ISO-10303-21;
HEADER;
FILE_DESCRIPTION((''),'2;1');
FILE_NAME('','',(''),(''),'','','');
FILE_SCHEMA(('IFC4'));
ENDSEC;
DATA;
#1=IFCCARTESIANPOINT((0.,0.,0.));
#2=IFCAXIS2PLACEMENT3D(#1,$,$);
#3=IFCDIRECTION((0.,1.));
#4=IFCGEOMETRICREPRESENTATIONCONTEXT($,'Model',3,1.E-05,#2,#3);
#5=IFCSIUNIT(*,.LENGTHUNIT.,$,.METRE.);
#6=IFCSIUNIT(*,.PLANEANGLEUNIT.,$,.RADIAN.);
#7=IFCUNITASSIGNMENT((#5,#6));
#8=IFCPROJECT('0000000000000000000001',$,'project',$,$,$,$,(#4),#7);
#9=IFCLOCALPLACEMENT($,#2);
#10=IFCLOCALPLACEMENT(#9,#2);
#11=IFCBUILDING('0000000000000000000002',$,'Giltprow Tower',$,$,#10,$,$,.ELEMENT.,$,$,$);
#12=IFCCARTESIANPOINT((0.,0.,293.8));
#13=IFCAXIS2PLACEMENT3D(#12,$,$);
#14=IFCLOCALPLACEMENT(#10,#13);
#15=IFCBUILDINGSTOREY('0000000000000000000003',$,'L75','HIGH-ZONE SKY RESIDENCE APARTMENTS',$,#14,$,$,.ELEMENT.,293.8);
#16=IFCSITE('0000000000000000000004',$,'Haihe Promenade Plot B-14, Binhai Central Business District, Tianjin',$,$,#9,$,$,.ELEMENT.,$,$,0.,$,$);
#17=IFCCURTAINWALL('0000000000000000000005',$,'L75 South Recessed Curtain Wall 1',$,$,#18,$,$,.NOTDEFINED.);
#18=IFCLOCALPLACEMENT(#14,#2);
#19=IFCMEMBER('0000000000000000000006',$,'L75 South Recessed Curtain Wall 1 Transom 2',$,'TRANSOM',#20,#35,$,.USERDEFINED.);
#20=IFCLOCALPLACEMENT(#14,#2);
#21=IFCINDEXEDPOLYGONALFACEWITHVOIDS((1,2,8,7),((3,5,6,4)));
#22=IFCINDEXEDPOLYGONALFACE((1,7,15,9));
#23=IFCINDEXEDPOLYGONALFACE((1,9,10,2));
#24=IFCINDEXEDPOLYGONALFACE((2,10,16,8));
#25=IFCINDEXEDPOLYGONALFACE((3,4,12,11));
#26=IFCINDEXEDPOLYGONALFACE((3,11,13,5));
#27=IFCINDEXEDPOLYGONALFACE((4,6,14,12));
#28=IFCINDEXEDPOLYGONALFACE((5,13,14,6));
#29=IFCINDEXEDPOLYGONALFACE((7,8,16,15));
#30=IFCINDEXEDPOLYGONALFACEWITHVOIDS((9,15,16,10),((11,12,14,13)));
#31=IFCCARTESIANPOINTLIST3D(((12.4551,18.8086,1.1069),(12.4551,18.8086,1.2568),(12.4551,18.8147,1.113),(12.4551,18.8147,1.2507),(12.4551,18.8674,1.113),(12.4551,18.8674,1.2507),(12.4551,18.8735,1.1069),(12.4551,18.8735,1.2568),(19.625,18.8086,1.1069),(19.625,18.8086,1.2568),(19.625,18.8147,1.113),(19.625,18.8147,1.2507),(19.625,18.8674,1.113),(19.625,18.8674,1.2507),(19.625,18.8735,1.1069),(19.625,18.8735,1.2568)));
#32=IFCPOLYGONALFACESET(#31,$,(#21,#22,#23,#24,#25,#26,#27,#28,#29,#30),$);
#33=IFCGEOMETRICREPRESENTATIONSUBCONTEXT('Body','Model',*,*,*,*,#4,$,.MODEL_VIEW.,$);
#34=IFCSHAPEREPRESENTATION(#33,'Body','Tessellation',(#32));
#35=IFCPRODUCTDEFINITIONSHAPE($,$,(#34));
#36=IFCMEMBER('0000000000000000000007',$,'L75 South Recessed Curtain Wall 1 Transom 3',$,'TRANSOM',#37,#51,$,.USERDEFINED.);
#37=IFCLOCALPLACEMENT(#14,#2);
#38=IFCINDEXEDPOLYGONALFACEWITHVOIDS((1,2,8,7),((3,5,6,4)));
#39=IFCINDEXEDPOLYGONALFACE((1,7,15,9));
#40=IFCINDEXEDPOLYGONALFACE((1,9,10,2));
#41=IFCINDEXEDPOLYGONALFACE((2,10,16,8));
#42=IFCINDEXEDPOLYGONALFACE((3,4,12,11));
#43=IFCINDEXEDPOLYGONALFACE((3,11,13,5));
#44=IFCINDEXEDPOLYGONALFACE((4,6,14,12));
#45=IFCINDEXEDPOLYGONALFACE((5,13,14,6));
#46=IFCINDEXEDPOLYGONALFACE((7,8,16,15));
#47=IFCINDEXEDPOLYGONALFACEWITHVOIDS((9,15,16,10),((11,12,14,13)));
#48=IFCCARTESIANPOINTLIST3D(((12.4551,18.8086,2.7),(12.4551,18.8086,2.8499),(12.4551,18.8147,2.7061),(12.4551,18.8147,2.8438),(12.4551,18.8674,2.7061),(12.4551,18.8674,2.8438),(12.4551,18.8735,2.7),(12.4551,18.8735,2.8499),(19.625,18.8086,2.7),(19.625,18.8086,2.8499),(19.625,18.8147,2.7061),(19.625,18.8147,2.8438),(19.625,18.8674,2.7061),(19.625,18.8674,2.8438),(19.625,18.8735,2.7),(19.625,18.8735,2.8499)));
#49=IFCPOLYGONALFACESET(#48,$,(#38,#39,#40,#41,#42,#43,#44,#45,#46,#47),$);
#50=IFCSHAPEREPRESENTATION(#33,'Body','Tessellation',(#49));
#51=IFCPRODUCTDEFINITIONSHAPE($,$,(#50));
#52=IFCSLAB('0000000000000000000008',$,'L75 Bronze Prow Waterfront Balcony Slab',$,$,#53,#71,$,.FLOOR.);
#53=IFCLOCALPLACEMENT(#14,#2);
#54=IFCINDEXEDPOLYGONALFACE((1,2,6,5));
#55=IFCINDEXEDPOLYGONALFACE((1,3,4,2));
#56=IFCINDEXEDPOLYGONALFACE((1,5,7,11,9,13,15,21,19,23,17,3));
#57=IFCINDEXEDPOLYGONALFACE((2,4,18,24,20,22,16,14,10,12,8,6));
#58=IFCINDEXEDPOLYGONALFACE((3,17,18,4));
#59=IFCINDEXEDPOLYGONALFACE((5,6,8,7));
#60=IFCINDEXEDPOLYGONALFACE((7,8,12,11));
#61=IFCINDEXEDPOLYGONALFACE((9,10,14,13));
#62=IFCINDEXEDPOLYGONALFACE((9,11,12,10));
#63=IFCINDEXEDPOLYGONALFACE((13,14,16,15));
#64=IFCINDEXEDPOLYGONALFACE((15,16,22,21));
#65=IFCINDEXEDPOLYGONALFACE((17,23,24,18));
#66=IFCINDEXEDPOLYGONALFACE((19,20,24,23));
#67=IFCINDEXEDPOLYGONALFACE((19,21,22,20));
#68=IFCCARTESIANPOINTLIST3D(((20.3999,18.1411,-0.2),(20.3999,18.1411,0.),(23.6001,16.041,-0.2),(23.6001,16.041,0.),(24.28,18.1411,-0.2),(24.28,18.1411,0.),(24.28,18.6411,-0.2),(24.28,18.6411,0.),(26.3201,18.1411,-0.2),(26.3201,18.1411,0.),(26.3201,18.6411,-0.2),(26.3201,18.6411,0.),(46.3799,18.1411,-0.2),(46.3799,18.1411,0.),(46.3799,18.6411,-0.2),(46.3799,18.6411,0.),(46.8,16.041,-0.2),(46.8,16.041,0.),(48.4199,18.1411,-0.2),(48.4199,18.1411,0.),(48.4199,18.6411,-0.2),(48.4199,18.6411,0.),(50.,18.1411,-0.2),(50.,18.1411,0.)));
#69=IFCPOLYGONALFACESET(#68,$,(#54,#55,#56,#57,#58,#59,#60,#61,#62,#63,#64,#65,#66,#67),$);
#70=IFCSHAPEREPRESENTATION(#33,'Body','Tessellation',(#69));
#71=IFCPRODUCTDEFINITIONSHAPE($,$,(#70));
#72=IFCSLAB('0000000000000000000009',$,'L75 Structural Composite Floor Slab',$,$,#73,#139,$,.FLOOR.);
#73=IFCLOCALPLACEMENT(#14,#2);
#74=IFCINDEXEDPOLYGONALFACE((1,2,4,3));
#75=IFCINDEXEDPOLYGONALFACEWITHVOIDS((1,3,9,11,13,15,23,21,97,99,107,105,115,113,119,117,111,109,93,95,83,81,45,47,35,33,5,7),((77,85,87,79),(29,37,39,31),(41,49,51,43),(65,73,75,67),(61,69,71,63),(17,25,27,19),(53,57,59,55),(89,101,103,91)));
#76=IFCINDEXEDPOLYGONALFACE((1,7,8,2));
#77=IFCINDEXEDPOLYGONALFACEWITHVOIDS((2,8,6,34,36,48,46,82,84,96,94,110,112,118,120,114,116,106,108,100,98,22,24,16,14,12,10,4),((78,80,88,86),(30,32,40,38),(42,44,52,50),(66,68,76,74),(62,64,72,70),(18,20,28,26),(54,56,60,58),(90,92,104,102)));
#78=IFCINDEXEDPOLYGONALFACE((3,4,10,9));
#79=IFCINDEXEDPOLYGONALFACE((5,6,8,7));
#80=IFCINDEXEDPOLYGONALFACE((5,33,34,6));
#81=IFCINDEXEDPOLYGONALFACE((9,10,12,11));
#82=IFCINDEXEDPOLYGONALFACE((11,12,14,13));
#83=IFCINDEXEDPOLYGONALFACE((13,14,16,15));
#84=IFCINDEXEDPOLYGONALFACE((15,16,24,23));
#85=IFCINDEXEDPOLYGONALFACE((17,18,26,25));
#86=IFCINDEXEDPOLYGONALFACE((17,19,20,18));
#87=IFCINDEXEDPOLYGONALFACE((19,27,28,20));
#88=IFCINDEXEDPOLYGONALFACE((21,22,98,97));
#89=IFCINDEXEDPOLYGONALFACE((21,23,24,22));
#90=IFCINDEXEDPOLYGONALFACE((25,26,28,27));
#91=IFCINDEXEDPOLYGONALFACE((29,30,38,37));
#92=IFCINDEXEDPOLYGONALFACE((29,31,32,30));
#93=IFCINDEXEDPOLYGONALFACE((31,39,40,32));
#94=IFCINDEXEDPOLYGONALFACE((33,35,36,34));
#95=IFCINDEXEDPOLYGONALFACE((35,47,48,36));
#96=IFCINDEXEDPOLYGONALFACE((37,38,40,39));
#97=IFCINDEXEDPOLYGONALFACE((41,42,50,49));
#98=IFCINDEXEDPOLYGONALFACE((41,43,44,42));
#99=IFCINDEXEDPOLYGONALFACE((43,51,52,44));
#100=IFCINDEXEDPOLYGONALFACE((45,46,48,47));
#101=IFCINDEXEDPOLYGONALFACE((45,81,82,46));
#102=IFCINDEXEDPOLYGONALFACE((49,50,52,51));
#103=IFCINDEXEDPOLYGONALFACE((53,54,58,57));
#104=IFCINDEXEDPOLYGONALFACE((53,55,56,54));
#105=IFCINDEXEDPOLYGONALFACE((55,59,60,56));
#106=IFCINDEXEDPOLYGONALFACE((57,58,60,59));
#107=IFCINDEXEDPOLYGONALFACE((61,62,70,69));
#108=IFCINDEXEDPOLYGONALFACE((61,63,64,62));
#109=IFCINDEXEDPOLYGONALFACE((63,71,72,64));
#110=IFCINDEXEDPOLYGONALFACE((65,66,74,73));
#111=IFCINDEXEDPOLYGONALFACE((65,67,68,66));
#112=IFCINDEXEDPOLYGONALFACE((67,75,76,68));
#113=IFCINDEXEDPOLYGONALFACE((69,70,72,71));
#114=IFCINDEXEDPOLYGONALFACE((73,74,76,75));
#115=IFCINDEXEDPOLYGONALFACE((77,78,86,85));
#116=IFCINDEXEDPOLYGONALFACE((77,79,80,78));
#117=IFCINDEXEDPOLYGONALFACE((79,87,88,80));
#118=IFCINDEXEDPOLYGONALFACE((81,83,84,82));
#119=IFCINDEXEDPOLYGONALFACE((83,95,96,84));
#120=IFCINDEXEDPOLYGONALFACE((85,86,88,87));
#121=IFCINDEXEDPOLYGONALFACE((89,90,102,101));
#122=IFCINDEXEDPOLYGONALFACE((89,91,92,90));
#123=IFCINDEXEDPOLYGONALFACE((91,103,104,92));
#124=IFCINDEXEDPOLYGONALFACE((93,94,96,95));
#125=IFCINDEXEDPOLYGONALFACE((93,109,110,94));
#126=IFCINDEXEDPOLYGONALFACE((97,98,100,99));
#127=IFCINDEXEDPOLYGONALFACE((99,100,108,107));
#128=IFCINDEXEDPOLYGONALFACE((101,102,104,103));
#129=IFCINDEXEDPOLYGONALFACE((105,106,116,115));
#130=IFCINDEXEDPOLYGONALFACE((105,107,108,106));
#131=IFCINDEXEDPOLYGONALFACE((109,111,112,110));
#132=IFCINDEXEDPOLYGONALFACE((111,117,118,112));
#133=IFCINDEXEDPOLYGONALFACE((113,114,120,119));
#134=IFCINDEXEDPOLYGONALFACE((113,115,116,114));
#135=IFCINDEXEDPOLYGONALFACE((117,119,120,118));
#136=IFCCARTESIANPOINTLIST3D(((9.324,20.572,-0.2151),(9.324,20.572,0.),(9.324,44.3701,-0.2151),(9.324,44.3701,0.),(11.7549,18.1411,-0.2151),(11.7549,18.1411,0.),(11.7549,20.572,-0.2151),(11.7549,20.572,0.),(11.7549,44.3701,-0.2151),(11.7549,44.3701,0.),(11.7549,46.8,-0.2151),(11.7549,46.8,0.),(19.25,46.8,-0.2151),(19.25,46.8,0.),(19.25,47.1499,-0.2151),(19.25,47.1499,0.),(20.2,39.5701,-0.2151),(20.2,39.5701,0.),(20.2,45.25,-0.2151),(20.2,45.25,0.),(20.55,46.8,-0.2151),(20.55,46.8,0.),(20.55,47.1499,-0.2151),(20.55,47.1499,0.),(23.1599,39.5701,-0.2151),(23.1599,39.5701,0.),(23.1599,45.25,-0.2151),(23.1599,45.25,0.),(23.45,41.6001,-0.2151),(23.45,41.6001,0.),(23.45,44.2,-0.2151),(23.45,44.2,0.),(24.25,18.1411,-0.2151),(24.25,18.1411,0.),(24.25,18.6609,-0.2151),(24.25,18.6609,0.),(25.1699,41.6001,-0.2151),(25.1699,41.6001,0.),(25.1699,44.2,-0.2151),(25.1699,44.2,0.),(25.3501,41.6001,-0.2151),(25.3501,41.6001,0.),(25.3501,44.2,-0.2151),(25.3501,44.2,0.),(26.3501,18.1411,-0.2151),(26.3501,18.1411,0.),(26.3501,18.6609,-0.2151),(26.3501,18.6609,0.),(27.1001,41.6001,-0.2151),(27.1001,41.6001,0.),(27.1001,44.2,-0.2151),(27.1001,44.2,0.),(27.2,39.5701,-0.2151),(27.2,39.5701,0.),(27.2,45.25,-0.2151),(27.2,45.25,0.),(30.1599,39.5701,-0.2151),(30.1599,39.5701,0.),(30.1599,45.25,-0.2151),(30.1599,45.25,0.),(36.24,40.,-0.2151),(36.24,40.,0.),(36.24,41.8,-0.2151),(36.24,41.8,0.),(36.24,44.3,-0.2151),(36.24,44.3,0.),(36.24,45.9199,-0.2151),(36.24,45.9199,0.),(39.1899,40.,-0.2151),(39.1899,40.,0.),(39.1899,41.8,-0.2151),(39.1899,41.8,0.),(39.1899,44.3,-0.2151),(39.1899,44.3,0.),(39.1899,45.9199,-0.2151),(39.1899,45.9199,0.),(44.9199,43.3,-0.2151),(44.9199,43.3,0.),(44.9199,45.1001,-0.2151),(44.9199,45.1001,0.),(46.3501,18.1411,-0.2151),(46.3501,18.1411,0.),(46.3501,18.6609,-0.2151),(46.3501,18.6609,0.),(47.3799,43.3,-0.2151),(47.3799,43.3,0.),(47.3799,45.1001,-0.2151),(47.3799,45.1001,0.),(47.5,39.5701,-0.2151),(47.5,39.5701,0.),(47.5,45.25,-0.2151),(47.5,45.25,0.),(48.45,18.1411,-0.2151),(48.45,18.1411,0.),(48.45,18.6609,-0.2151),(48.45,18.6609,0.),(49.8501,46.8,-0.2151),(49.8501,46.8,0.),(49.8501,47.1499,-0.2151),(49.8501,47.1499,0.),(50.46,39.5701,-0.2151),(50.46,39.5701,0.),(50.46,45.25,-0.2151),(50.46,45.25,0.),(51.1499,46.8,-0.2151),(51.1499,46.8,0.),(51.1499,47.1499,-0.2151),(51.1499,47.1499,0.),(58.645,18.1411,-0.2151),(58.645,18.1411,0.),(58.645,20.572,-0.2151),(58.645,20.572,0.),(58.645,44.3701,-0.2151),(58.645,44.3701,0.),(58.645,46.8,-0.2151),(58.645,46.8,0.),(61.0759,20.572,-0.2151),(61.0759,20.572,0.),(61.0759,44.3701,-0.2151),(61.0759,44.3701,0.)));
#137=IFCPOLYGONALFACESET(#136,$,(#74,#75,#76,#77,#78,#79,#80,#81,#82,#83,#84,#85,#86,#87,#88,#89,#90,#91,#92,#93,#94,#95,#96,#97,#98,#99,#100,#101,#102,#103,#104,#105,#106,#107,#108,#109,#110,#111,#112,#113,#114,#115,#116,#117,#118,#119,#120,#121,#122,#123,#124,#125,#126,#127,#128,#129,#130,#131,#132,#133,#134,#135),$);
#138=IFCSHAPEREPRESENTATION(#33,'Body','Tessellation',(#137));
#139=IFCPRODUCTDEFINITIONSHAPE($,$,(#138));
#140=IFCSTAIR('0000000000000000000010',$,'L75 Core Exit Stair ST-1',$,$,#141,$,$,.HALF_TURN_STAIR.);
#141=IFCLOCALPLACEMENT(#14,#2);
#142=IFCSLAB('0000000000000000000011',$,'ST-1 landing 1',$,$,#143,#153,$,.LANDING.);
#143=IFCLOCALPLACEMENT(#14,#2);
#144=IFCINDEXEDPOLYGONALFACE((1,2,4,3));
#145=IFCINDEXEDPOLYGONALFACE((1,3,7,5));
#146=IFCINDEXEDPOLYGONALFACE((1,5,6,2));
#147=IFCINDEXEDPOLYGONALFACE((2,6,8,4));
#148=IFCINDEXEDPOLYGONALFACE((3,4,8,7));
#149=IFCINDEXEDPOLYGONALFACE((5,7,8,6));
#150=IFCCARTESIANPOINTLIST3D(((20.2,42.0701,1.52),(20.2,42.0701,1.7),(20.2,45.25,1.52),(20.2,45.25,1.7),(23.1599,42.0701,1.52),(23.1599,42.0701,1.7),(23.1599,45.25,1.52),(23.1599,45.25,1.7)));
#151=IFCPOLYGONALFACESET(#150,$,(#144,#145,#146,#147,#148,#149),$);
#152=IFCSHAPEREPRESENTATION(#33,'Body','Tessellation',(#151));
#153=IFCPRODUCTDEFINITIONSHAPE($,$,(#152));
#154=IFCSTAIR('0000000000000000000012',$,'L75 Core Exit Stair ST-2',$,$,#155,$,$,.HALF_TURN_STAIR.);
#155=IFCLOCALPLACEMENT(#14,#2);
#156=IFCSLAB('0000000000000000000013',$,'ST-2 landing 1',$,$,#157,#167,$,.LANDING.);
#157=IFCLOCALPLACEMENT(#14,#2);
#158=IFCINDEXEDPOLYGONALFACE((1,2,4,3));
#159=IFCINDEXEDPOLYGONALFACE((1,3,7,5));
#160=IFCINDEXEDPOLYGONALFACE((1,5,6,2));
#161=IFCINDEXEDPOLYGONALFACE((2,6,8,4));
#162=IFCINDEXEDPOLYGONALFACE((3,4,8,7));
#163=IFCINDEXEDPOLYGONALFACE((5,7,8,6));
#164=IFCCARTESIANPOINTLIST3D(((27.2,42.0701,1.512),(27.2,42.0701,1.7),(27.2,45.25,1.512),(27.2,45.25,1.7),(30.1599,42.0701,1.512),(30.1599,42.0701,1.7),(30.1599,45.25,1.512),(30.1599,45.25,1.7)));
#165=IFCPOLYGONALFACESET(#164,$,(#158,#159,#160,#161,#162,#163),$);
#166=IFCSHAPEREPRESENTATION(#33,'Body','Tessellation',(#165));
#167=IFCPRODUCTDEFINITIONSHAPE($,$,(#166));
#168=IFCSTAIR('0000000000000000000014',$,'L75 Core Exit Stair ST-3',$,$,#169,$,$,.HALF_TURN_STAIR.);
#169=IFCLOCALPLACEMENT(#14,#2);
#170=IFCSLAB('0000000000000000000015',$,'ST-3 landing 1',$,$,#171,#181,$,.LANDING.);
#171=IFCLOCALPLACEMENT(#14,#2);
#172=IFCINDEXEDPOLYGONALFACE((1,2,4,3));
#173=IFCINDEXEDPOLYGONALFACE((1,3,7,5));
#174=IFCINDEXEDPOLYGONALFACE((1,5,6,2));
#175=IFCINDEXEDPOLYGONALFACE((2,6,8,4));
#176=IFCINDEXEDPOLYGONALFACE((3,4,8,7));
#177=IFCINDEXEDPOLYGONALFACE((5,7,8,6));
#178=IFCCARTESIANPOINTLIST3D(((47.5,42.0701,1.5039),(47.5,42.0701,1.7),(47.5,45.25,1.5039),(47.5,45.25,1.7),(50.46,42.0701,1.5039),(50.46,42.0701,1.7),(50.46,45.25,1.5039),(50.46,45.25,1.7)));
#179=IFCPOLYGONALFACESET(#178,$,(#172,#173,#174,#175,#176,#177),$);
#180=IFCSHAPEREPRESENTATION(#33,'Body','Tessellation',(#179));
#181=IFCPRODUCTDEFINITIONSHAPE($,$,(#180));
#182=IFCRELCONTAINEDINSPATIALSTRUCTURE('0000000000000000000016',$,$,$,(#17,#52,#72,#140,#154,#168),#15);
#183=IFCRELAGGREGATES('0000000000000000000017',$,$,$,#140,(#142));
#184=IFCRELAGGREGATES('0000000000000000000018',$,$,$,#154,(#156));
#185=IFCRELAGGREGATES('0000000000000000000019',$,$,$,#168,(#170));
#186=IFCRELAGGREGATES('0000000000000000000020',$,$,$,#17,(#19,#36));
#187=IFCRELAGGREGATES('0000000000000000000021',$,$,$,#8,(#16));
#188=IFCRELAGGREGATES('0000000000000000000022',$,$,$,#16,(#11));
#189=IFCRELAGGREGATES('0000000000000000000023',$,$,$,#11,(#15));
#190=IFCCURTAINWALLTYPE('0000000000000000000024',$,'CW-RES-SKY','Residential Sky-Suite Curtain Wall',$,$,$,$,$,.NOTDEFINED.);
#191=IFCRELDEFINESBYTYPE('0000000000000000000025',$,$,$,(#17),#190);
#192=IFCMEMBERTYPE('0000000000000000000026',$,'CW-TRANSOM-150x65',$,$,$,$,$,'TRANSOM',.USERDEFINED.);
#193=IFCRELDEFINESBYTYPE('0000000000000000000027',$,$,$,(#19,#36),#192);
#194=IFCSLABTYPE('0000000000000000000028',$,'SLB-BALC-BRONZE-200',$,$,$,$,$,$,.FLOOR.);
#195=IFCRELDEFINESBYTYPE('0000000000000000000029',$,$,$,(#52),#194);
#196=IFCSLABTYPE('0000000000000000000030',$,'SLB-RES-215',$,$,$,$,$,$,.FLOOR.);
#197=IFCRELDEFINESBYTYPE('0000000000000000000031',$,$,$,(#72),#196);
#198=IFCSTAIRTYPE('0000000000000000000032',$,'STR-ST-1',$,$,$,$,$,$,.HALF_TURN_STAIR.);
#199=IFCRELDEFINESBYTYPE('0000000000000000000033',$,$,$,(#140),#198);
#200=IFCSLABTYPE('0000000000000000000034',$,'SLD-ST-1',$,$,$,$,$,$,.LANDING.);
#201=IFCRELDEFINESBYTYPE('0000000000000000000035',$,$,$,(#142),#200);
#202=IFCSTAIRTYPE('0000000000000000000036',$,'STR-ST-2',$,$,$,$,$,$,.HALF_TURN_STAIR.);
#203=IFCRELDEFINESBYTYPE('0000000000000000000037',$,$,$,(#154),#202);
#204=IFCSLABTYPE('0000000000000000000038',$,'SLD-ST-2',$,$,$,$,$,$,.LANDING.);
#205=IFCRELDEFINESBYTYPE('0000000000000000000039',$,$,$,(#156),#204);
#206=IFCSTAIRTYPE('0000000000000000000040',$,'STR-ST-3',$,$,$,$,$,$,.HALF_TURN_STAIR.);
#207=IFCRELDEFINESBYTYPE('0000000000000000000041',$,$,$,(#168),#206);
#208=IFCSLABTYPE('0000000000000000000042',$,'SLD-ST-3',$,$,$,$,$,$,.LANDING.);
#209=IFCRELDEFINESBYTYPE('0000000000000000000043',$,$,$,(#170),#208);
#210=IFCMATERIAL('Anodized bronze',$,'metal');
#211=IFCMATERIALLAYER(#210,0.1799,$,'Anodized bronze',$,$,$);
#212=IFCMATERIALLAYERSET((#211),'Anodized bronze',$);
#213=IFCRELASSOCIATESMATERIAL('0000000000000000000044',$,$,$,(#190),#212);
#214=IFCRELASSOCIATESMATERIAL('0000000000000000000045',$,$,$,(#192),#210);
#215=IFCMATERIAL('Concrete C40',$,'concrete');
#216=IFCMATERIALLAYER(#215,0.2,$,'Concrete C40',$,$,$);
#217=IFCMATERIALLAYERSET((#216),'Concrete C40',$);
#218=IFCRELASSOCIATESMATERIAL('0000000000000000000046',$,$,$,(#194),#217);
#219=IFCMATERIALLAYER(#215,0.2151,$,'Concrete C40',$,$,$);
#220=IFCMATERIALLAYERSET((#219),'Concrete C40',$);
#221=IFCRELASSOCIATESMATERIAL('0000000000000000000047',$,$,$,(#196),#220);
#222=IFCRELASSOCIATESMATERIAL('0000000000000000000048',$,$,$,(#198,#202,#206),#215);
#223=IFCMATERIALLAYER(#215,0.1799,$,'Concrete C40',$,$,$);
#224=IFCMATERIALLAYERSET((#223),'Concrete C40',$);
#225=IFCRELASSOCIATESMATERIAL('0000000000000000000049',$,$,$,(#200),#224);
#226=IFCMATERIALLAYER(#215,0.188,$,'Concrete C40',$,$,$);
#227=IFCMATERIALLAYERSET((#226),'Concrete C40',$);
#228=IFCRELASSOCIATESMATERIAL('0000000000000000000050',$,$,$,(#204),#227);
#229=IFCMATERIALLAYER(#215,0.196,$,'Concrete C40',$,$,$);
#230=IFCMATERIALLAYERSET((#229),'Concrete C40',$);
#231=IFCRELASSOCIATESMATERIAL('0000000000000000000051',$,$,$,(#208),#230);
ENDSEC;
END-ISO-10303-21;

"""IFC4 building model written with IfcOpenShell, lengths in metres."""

from ifc_helpers import new_model, si_unit, direction, frame, origin, origin_2d, place, context, subcontext, project, spatial, polyline, hollow_rectangle, outline, extrude, source, transform, mapped, material, layer, layer_set, material_profile, profile_set, type_object, element, aggregate, save


model = new_model("IFC4")

# Units and contexts
model_context = context("Model", 3, precision=1e-05, world=origin(), true_north=direction((0.0, 1.0)))
body_context = subcontext(model_context, "Body", "Model", "MODEL_VIEW")
ifc_project = project(units=[si_unit("LENGTHUNIT", "METRE"), si_unit("PLANEANGLEUNIT", "RADIAN")], contexts=[model_context])

# Site, building, storey
site_placement = place(None, origin())
site = spatial("IfcSite", under=ifc_project, at=site_placement, Name="Haihe Promenade Plot B-14, Binhai Central Business District, Tianjin", CompositionType="ELEMENT", RefElevation=0.0)
building_placement = place(site_placement, origin())
building = spatial("IfcBuilding", under=site, at=building_placement, Name="Giltprow Tower", CompositionType="ELEMENT")
storey_placement = place(building_placement, frame((0.0, 0.0, 293.8)))
storey = spatial("IfcBuildingStorey", under=building, at=storey_placement, Name="L75", Description="HIGH-ZONE SKY RESIDENCE APARTMENTS", CompositionType="ELEMENT", Elevation=293.8)

# Curtain wall, members
ifc_material_1 = material(Name="Anodized bronze", Category="metal")
ifc_layer_1 = layer(ifc_material_1, 0.1799, Name="Anodized bronze")
ifc_layer_set_1 = layer_set([ifc_layer_1], Name="Anodized bronze")
curtain_wall_type = type_object("IfcCurtainWallType", Name="CW-RES-SKY", Description="Residential Sky-Suite Curtain Wall", PredefinedType="NOTDEFINED", material=ifc_layer_set_1)
curtain_wall_placement = place(storey_placement, origin())
curtain_wall = element("IfcCurtainWall", 1, at=curtain_wall_placement, inside=storey, type_object=curtain_wall_type, Name="L75 South Recessed Curtain Wall 1", PredefinedType="NOTDEFINED")
ifc_material_profile_1 = material_profile(ifc_material_1, hollow_rectangle(XDim=0.0649, YDim=0.1499, WallThickness=0.0061, at=origin_2d()), Name="RHS 150x65x6")
ifc_profile_set_1 = profile_set([ifc_material_profile_1], Name="Anodized bronze")
member_type_1 = type_object("IfcMemberType", Name="CW-TRANSOM-150x65", ElementType="TRANSOM", PredefinedType="USERDEFINED", material=ifc_profile_set_1)
shared_shape_1 = source(origin(), body_context, "Body", "SweptSolid", [
    extrude(hollow_rectangle(XDim=0.0649, YDim=0.1499, WallThickness=0.0061, at=origin_2d()), origin(), (0.0, 0.0, 1.0), 7.1699),
])
member_1_placement = place(storey_placement, frame((12.4551, 18.8411, 1.1819), z_axis=(1.0, 0.0, 0.0), x_axis=(0.0, 1.0, 0.0)))
member_1 = element("IfcMember", 2, at=member_1_placement, type_object=member_type_1, Name="L75 South Recessed Curtain Wall 1 Transom 2", ObjectType="TRANSOM", PredefinedType="USERDEFINED", context=body_context, shape_type="MappedRepresentation", body=[
    mapped(shared_shape_1, transform((0.0, 0.0, 0.0), x_axis=(1.0, 0.0, 0.0), y_axis=(0.0, 1.0, 0.0), z_axis=(0.0, 0.0, 1.0), scale=1.0)),
])
member_2_placement = place(storey_placement, frame((12.4551, 18.8411, 2.7749), z_axis=(1.0, 0.0, 0.0), x_axis=(0.0, 1.0, 0.0)))
member_2 = element("IfcMember", 3, at=member_2_placement, type_object=member_type_1, Name="L75 South Recessed Curtain Wall 1 Transom 3", ObjectType="TRANSOM", PredefinedType="USERDEFINED", context=body_context, shape_type="MappedRepresentation", body=[
    mapped(shared_shape_1, transform((0.0, 0.0, 0.0), x_axis=(1.0, 0.0, 0.0), y_axis=(0.0, 1.0, 0.0), z_axis=(0.0, 0.0, 1.0), scale=1.0)),
])

# Slabs
ifc_material_2 = material(Name="Concrete C40", Category="concrete")
ifc_layer_2 = layer(ifc_material_2, 0.2, Name="Concrete C40")
ifc_layer_set_2 = layer_set([ifc_layer_2], Name="Concrete C40")
slab_type_1 = type_object("IfcSlabType", Name="SLB-BALC-BRONZE-200", PredefinedType="FLOOR", material=ifc_layer_set_2)
slab_1_placement = place(storey_placement, frame((0.0, 0.0, -0.2)))
element("IfcSlab", 4, at=slab_1_placement, inside=storey, type_object=slab_type_1, Name="L75 Bronze Prow Waterfront Balcony Slab", PredefinedType="FLOOR", context=body_context, shape_type="SweptSolid", body=[
    extrude(outline(polyline([(50.0, 18.1411), (46.8, 16.041), (23.6001, 16.041), (20.3999, 18.1411), (24.28, 18.1411), (24.28, 18.6411), (26.3201, 18.6411), (26.3201, 18.1411), (46.3799, 18.1411), (46.3799, 18.6411), (48.4199, 18.6411), (48.4199, 18.1411), (50.0, 18.1411)])), origin(), (0.0, 0.0, 1.0), 0.2),
])
ifc_layer_3 = layer(ifc_material_2, 0.2151, Name="Concrete C40")
ifc_layer_set_3 = layer_set([ifc_layer_3], Name="Concrete C40")
slab_type_2 = type_object("IfcSlabType", Name="SLB-RES-215", PredefinedType="FLOOR", material=ifc_layer_set_3)
slab_2_placement = place(storey_placement, frame((0.0, 0.0, -0.2151)))
element("IfcSlab", 5, at=slab_2_placement, inside=storey, type_object=slab_type_2, Name="L75 Structural Composite Floor Slab", PredefinedType="FLOOR", context=body_context, shape_type="SweptSolid", body=[
    extrude(outline(polyline([(61.0759, 44.3701), (61.0759, 20.572), (58.645, 20.572), (58.645, 18.1411), (48.45, 18.1411), (48.45, 18.6609), (46.3501, 18.6609), (46.3501, 18.1411), (26.3501, 18.1411), (26.3501, 18.6609), (24.25, 18.6609), (24.25, 18.1411), (11.7549, 18.1411), (11.7549, 20.572), (9.324, 20.572), (9.324, 44.3701), (11.7549, 44.3701), (11.7549, 46.8), (19.25, 46.8), (19.25, 47.1499), (20.55, 47.1499), (20.55, 46.8), (49.8501, 46.8), (49.8501, 47.1499), (51.1499, 47.1499), (51.1499, 46.8), (58.645, 46.8), (58.645, 44.3701), (61.0759, 44.3701)]), holes=[polyline([(39.1899, 41.8), (36.24, 41.8), (36.24, 40.0), (39.1899, 40.0), (39.1899, 41.8)]), polyline([(23.1599, 39.5701), (23.1599, 45.25), (20.2, 45.25), (20.2, 39.5701), (23.1599, 39.5701)]), polyline([(30.1599, 39.5701), (30.1599, 45.25), (27.2, 45.25), (27.2, 39.5701), (30.1599, 39.5701)]), polyline([(50.46, 45.25), (47.5, 45.25), (47.5, 39.5701), (50.46, 39.5701), (50.46, 45.25)]), polyline([(25.1699, 44.2), (23.45, 44.2), (23.45, 41.6001), (25.1699, 41.6001), (25.1699, 44.2)]), polyline([(27.1001, 44.2), (25.3501, 44.2), (25.3501, 41.6001), (27.1001, 41.6001), (27.1001, 44.2)]), polyline([(47.3799, 43.3), (47.3799, 45.1001), (44.9199, 45.1001), (44.9199, 43.3), (47.3799, 43.3)]), polyline([(39.1899, 44.3), (39.1899, 45.9199), (36.24, 45.9199), (36.24, 44.3), (39.1899, 44.3)])]), origin(), (0.0, 0.0, 1.0), 0.2151),
])

# Stairs, slabs
stair_type_1 = type_object("IfcStairType", Name="STR-ST-1", PredefinedType="HALF_TURN_STAIR", material=ifc_material_2)
stair_1_placement = place(storey_placement, origin())
stair_1 = element("IfcStair", 6, at=stair_1_placement, inside=storey, type_object=stair_type_1, Name="L75 Core Exit Stair ST-1", PredefinedType="HALF_TURN_STAIR")
ifc_layer_4 = layer(ifc_material_2, 0.1799, Name="Concrete C40")
ifc_layer_set_4 = layer_set([ifc_layer_4], Name="Concrete C40")
slab_type_3 = type_object("IfcSlabType", Name="SLD-ST-1", PredefinedType="LANDING", material=ifc_layer_set_4)
slab_3_placement = place(storey_placement, frame((0.0, 0.0, 1.52)))
slab_3 = element("IfcSlab", 7, at=slab_3_placement, type_object=slab_type_3, Name="ST-1 landing 1", PredefinedType="LANDING", context=body_context, shape_type="SweptSolid", body=[
    extrude(outline(polyline([(23.1599, 42.0701), (23.1599, 45.25), (20.2, 45.25), (20.2, 42.0701), (23.1599, 42.0701)])), origin(), (0.0, 0.0, 1.0), 0.1799),
])
aggregate(stair_1, [slab_3])
stair_type_2 = type_object("IfcStairType", Name="STR-ST-2", PredefinedType="HALF_TURN_STAIR", material=ifc_material_2)
stair_2_placement = place(storey_placement, origin())
stair_2 = element("IfcStair", 8, at=stair_2_placement, inside=storey, type_object=stair_type_2, Name="L75 Core Exit Stair ST-2", PredefinedType="HALF_TURN_STAIR")
ifc_layer_5 = layer(ifc_material_2, 0.188, Name="Concrete C40")
ifc_layer_set_5 = layer_set([ifc_layer_5], Name="Concrete C40")
slab_type_4 = type_object("IfcSlabType", Name="SLD-ST-2", PredefinedType="LANDING", material=ifc_layer_set_5)
slab_4_placement = place(storey_placement, frame((0.0, 0.0, 1.512)))
slab_4 = element("IfcSlab", 9, at=slab_4_placement, type_object=slab_type_4, Name="ST-2 landing 1", PredefinedType="LANDING", context=body_context, shape_type="SweptSolid", body=[
    extrude(outline(polyline([(30.1599, 42.0701), (30.1599, 45.25), (27.2, 45.25), (27.2, 42.0701), (30.1599, 42.0701)])), origin(), (0.0, 0.0, 1.0), 0.188),
])
aggregate(stair_2, [slab_4])
stair_type_3 = type_object("IfcStairType", Name="STR-ST-3", PredefinedType="HALF_TURN_STAIR", material=ifc_material_2)
stair_3_placement = place(storey_placement, origin())
stair_3 = element("IfcStair", 10, at=stair_3_placement, inside=storey, type_object=stair_type_3, Name="L75 Core Exit Stair ST-3", PredefinedType="HALF_TURN_STAIR")
ifc_layer_6 = layer(ifc_material_2, 0.196, Name="Concrete C40")
ifc_layer_set_6 = layer_set([ifc_layer_6], Name="Concrete C40")
slab_type_5 = type_object("IfcSlabType", Name="SLD-ST-3", PredefinedType="LANDING", material=ifc_layer_set_6)
slab_5_placement = place(storey_placement, frame((0.0, 0.0, 1.5039)))
slab_5 = element("IfcSlab", 11, at=slab_5_placement, type_object=slab_type_5, Name="ST-3 landing 1", PredefinedType="LANDING", context=body_context, shape_type="SweptSolid", body=[
    extrude(outline(polyline([(50.46, 42.0701), (50.46, 45.25), (47.5, 45.25), (47.5, 42.0701), (50.46, 42.0701)])), origin(), (0.0, 0.0, 1.0), 0.196),
])
aggregate(stair_3, [slab_5])

aggregate(curtain_wall, [member_1, member_2])

save(model, "model.ifc")
